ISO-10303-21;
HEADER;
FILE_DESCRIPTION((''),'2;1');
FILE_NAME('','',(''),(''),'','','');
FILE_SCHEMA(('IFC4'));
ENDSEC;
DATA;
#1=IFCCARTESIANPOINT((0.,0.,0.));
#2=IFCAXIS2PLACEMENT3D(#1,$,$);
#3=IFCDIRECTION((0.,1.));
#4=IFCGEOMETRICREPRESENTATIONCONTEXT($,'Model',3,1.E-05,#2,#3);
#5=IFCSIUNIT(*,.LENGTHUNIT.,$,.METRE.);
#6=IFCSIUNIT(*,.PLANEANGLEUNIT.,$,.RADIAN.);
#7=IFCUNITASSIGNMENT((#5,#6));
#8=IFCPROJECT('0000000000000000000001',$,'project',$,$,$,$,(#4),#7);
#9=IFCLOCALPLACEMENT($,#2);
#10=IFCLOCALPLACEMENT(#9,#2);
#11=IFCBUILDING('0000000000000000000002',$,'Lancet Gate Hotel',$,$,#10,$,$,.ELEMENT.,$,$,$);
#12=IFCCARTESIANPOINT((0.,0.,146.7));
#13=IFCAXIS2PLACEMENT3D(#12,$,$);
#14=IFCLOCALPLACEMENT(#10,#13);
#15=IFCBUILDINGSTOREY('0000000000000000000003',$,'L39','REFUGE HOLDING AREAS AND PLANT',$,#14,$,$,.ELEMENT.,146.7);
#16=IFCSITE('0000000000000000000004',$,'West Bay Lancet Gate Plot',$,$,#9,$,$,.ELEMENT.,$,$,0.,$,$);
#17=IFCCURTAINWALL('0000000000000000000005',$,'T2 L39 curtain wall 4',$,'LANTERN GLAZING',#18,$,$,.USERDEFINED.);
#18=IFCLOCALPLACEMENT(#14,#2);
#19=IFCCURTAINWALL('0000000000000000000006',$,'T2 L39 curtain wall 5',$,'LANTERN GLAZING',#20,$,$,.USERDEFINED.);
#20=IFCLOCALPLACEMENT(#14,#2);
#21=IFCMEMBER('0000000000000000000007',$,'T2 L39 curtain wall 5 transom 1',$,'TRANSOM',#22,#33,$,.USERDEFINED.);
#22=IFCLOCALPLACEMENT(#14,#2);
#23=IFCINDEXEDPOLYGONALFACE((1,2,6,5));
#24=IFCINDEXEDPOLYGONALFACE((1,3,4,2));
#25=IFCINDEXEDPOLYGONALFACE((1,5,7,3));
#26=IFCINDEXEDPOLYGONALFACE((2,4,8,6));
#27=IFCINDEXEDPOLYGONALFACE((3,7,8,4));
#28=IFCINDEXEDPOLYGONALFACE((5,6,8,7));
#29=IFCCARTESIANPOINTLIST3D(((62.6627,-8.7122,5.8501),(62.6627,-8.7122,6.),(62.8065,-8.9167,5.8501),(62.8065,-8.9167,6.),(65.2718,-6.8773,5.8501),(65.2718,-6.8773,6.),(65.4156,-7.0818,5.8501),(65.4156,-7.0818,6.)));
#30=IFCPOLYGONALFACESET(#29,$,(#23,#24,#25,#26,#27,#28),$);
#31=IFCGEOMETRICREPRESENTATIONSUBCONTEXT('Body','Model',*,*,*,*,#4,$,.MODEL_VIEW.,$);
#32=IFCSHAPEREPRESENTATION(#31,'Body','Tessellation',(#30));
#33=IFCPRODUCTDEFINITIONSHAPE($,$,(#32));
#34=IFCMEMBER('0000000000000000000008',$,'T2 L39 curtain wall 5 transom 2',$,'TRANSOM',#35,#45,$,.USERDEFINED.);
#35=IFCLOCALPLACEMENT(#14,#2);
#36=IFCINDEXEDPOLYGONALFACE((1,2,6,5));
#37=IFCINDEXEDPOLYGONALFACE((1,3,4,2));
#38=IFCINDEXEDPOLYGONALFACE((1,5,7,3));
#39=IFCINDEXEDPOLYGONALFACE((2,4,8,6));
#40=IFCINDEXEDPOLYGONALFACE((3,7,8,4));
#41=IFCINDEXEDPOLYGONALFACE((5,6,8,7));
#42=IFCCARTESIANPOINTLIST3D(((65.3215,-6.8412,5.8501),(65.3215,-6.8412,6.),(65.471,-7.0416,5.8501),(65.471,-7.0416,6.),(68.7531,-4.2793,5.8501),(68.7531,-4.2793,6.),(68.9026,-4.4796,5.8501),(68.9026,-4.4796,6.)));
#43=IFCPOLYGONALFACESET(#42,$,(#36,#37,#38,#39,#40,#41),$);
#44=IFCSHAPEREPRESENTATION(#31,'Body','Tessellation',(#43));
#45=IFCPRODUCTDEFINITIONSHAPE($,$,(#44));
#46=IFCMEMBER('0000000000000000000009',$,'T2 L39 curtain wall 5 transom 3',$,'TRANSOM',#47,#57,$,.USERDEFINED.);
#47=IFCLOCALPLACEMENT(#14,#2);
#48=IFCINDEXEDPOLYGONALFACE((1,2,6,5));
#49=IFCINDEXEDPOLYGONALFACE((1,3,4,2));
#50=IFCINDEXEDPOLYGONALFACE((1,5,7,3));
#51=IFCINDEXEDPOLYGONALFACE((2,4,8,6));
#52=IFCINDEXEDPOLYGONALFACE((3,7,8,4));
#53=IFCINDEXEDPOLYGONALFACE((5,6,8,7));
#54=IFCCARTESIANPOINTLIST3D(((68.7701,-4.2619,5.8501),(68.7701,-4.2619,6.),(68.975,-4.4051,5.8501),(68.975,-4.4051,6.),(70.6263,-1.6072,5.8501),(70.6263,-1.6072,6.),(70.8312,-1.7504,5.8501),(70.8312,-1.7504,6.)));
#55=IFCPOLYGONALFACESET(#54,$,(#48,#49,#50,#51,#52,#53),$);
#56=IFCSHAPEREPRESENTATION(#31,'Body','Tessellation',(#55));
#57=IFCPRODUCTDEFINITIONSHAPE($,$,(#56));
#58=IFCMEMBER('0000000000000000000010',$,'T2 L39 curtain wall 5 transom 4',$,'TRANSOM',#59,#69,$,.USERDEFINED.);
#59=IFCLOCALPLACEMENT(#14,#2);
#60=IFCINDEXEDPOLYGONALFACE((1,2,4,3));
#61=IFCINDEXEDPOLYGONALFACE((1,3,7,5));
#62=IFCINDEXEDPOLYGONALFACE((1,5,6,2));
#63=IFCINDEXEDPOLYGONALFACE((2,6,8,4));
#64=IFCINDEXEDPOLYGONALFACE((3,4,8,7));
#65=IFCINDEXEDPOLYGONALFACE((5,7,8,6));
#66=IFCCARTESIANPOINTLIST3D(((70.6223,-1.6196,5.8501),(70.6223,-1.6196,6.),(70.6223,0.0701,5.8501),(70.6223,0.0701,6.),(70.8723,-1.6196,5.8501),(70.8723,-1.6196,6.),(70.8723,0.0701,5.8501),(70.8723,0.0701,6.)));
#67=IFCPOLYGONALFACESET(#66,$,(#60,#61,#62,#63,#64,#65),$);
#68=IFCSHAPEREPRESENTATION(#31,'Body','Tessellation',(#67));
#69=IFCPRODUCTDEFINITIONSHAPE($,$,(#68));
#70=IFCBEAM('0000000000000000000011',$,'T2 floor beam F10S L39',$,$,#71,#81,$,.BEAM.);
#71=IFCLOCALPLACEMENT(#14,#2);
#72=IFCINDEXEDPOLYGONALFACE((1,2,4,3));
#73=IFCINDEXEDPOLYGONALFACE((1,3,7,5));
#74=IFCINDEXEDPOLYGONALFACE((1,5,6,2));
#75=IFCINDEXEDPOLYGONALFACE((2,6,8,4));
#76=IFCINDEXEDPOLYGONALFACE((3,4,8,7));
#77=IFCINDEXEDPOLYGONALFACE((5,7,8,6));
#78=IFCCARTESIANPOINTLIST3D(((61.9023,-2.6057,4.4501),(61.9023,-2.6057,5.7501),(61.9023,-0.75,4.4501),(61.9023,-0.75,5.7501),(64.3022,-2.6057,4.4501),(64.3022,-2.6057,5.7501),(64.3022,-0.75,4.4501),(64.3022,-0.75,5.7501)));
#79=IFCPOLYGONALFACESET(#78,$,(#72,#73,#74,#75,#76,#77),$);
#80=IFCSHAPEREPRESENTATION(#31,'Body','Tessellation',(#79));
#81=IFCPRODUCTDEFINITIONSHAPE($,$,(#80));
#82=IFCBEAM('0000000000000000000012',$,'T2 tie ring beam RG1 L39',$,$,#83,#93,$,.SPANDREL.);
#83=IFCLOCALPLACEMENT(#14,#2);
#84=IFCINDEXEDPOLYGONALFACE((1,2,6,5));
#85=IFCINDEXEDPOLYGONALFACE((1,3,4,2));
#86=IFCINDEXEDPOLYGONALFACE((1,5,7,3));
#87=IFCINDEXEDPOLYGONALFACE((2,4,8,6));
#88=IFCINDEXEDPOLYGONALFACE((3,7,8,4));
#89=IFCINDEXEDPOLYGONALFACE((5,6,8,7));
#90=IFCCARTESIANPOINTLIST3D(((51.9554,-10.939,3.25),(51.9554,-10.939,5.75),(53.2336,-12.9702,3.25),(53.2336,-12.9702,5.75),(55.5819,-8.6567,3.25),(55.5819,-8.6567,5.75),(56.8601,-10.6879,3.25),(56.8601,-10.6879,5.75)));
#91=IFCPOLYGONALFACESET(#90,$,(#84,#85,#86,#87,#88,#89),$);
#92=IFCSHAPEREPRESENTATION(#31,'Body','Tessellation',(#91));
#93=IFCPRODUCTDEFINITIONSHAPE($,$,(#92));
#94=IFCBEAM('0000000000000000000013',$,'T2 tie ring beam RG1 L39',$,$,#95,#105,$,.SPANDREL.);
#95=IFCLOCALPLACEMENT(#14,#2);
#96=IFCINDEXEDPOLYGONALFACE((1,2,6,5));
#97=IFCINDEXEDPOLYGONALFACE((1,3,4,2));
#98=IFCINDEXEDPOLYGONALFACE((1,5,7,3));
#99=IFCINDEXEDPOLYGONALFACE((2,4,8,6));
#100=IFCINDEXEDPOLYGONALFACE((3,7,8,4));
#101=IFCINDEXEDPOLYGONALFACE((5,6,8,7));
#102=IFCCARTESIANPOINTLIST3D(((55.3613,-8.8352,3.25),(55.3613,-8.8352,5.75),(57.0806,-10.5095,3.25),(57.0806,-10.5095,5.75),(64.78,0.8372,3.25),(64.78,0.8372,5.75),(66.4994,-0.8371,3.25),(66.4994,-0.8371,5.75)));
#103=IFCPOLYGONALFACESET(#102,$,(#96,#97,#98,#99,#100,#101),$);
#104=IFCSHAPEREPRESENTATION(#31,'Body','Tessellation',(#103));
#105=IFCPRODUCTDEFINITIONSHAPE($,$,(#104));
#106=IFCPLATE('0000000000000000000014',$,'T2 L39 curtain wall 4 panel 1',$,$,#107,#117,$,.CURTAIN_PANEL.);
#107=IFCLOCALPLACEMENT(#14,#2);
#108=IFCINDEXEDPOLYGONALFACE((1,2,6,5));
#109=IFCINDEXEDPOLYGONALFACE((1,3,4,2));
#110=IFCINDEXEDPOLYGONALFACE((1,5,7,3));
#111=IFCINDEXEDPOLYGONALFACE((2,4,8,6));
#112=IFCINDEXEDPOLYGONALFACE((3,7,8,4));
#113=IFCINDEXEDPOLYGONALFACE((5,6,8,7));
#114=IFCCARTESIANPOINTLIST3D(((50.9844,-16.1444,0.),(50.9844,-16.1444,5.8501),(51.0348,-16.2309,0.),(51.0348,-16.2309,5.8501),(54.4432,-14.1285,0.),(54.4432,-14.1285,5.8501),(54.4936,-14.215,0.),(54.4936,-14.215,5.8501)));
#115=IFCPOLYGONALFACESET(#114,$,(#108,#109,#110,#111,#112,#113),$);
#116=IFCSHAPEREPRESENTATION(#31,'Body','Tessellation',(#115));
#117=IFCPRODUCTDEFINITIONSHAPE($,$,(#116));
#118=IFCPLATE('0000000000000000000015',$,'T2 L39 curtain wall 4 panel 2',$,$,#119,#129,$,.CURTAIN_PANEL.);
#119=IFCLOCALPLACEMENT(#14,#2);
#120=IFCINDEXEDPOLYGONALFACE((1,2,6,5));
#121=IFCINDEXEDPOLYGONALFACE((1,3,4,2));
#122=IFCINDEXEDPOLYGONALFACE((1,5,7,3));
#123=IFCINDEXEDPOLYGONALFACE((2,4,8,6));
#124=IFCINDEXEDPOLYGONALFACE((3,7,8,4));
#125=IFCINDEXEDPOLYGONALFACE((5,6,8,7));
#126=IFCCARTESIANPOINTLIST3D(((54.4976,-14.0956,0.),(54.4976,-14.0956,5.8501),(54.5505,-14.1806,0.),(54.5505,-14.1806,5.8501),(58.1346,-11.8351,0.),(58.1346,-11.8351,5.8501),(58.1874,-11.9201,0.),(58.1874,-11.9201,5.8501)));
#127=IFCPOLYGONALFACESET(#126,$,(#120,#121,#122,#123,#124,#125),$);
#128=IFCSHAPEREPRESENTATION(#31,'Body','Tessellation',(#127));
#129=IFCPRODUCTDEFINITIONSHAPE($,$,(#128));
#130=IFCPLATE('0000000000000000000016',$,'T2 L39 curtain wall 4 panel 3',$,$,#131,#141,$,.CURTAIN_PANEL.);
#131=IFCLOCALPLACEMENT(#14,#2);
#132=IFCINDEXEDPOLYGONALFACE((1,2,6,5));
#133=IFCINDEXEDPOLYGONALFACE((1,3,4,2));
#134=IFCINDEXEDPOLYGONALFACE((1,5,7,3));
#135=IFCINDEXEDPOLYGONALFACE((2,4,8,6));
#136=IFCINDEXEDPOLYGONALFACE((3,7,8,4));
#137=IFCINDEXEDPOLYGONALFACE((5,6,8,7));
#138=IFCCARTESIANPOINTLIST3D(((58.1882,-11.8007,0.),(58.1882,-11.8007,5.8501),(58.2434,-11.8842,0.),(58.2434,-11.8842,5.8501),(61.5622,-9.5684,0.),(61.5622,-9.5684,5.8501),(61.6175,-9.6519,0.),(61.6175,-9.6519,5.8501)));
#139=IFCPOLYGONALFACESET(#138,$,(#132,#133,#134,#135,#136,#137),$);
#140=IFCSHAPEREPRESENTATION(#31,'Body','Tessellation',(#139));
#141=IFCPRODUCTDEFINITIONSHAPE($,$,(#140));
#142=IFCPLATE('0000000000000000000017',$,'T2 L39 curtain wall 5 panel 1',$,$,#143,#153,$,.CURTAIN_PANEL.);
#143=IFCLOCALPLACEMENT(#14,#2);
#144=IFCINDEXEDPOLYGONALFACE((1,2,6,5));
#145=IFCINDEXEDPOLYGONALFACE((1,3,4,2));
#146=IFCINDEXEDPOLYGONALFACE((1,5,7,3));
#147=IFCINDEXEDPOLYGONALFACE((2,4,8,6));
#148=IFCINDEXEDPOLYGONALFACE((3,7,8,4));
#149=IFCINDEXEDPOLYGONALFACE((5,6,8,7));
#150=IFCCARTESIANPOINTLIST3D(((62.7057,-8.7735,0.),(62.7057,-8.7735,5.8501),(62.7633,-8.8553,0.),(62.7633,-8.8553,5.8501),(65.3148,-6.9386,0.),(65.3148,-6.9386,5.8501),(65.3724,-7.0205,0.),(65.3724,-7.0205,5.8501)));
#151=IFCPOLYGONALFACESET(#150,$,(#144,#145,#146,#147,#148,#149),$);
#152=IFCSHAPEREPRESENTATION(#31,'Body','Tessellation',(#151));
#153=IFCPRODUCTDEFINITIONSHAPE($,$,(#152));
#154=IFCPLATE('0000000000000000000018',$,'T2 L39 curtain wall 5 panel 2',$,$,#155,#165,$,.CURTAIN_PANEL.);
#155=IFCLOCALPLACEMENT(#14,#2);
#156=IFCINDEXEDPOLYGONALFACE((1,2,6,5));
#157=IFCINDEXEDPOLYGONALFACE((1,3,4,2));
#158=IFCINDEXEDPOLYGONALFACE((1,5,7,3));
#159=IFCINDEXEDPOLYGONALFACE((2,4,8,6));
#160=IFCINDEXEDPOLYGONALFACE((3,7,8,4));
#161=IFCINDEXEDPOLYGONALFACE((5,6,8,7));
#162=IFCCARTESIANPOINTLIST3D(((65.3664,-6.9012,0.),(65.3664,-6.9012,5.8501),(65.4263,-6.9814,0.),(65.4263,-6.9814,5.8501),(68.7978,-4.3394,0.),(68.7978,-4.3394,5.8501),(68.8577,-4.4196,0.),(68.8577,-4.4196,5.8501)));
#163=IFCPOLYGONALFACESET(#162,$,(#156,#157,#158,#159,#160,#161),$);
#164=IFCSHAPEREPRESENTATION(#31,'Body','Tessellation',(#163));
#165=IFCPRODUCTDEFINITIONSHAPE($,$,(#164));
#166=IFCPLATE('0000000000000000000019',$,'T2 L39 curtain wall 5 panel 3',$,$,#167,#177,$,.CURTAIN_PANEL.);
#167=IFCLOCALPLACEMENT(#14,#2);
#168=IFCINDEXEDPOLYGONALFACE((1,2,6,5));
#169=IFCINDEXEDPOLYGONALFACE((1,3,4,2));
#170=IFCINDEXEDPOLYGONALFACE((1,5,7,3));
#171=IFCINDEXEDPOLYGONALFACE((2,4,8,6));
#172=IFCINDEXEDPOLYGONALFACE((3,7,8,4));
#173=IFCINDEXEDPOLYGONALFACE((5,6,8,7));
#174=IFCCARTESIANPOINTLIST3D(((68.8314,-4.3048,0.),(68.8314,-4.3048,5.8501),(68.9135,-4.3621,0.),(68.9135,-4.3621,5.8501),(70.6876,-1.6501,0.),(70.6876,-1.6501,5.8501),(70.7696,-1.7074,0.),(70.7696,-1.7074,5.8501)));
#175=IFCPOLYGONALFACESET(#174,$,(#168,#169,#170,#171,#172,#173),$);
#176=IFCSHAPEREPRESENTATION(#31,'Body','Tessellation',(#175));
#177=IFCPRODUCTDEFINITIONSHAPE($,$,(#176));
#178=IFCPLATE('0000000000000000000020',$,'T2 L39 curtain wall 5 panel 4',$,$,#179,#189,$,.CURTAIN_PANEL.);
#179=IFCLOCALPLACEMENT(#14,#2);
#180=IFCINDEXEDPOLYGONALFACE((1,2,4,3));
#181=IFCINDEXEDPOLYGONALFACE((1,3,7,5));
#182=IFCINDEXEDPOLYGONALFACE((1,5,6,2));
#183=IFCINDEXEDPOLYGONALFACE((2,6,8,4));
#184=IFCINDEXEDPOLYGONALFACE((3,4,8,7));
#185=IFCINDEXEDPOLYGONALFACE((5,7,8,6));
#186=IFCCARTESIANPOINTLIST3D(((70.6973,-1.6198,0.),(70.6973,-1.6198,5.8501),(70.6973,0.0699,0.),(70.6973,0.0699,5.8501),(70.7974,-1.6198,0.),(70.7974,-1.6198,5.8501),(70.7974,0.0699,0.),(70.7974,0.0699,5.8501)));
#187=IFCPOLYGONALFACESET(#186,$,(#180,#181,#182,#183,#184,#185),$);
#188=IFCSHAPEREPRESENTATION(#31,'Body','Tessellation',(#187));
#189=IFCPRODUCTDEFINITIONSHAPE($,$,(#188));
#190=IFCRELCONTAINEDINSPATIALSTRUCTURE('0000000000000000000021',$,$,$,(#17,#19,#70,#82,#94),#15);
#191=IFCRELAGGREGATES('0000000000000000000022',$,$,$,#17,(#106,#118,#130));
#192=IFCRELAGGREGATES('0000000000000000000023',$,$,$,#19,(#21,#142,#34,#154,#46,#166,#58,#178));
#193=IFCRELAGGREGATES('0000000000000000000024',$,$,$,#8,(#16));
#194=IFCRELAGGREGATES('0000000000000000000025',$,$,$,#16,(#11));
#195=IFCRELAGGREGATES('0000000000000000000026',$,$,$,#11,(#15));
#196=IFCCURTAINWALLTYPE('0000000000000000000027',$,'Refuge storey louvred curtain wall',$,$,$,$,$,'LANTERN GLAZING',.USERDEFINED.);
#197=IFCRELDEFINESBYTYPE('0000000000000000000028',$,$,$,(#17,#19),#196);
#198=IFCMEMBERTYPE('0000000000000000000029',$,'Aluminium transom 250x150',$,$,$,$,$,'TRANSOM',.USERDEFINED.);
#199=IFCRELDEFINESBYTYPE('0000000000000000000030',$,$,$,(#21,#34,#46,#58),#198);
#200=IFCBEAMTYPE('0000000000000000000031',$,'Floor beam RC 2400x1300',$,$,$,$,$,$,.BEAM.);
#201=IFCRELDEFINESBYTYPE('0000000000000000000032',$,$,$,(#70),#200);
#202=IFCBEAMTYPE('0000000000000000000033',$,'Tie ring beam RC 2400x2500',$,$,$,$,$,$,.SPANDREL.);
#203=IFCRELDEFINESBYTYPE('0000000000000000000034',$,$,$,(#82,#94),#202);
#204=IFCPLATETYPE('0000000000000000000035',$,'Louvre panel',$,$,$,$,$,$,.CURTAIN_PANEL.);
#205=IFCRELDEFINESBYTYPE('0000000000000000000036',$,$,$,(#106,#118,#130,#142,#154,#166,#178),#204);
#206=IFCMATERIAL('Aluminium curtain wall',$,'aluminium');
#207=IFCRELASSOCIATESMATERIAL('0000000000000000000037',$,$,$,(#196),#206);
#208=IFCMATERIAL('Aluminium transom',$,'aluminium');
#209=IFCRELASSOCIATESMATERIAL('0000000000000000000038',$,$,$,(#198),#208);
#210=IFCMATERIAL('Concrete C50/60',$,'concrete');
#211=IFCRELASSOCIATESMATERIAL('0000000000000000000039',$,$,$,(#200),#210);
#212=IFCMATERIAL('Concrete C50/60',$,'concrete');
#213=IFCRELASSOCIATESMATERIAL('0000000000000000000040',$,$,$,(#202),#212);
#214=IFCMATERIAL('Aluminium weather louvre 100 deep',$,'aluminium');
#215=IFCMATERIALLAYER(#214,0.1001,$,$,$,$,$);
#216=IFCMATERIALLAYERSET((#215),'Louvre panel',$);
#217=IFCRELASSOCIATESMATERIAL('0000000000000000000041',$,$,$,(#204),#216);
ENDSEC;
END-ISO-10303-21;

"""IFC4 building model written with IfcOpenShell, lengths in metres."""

from ifc_helpers import new_model, si_unit, direction, frame, origin, origin_2d, place, context, subcontext, project, spatial, rectangle, extrude, material, layer, layer_set, material_profile, profile_set, type_object, element, aggregate, save


model = new_model("IFC4")

# Units and contexts
model_context = context("Model", 3, precision=1e-05, world=origin(), true_north=direction((0.0, 1.0)))
body_context = subcontext(model_context, "Body", "Model", "MODEL_VIEW")
ifc_project = project(units=[si_unit("LENGTHUNIT", "METRE"), si_unit("PLANEANGLEUNIT", "RADIAN")], contexts=[model_context])

# Site, building, storey
site_placement = place(None, origin())
site = spatial("IfcSite", under=ifc_project, at=site_placement, Name="West Bay Lancet Gate Plot", CompositionType="ELEMENT", RefElevation=0.0)
building_placement = place(site_placement, origin())
building = spatial("IfcBuilding", under=site, at=building_placement, Name="Lancet Gate Hotel", CompositionType="ELEMENT")
storey_placement = place(building_placement, frame((0.0, 0.0, 146.7)))
storey = spatial("IfcBuildingStorey", under=building, at=storey_placement, Name="L39", Description="REFUGE HOLDING AREAS AND PLANT", CompositionType="ELEMENT", Elevation=146.7)

# Curtain walls
ifc_material_1 = material(Name="Aluminium curtain wall", Category="aluminium")
curtain_wall_type = type_object("IfcCurtainWallType", Name="Refuge storey louvred curtain wall", ElementType="LANTERN GLAZING", PredefinedType="USERDEFINED", material=ifc_material_1)
curtain_wall_1_placement = place(storey_placement, origin())
curtain_wall_1 = element("IfcCurtainWall", 1, at=curtain_wall_1_placement, inside=storey, type_object=curtain_wall_type, Name="T2 L39 curtain wall 4", ObjectType="LANTERN GLAZING", PredefinedType="USERDEFINED")
curtain_wall_2_placement = place(storey_placement, origin())
curtain_wall_2 = element("IfcCurtainWall", 2, at=curtain_wall_2_placement, inside=storey, type_object=curtain_wall_type, Name="T2 L39 curtain wall 5", ObjectType="LANTERN GLAZING", PredefinedType="USERDEFINED")

# Members
ifc_material_2 = material(Name="Aluminium transom", Category="aluminium")
ifc_material_profile_1 = material_profile(ifc_material_2, rectangle(XDim=0.25, YDim=0.1499, at=origin_2d()), Name="TRANSOM 250x150")
ifc_profile_set_1 = profile_set([ifc_material_profile_1], Name="Aluminium transom")
member_type_1 = type_object("IfcMemberType", Name="Aluminium transom 250x150", ElementType="TRANSOM", PredefinedType="USERDEFINED", material=ifc_profile_set_1)
member_1_placement = place(storey_placement, frame((62.7346, -8.8145, 5.925), z_axis=(0.817968, 0.575264, 0.0), x_axis=(-0.575264, 0.817968, 0.0)))
member_1 = element("IfcMember", 3, at=member_1_placement, type_object=member_type_1, Name="T2 L39 curtain wall 5 transom 1", ObjectType="TRANSOM", PredefinedType="USERDEFINED", context=body_context, shape_type="SweptSolid", body=[
    extrude(rectangle(XDim=0.25, YDim=0.1499, at=origin_2d()), origin(), (0.0, 0.0, 1.0), 3.1897),
])
member_2_placement = place(storey_placement, frame((65.3962, -6.9414, 5.925), z_axis=(0.801312, 0.598247, 0.0), x_axis=(-0.598247, 0.801312, 0.0)))
member_2 = element("IfcMember", 4, at=member_2_placement, type_object=member_type_1, Name="T2 L39 curtain wall 5 transom 2", ObjectType="TRANSOM", PredefinedType="USERDEFINED", context=body_context, shape_type="SweptSolid", body=[
    extrude(rectangle(XDim=0.25, YDim=0.1499, at=origin_2d()), origin(), (0.0, 0.0, 1.0), 4.2825),
])
member_3_placement = place(storey_placement, frame((68.8726, -4.3335, 5.925), z_axis=(0.573017, 0.819543, 0.0), x_axis=(-0.819543, 0.573017, 0.0)))
member_3 = element("IfcMember", 5, at=member_3_placement, type_object=member_type_1, Name="T2 L39 curtain wall 5 transom 3", ObjectType="TRANSOM", PredefinedType="USERDEFINED", context=body_context, shape_type="SweptSolid", body=[
    extrude(rectangle(XDim=0.25, YDim=0.1499, at=origin_2d()), origin(), (0.0, 0.0, 1.0), 3.2393),
])
member_4_placement = place(storey_placement, frame((70.7473, -1.6196, 5.925), z_axis=(0.0, 1.0, 0.0), x_axis=(-1.0, 0.0, 0.0)))
member_4 = element("IfcMember", 6, at=member_4_placement, type_object=member_type_1, Name="T2 L39 curtain wall 5 transom 4", ObjectType="TRANSOM", PredefinedType="USERDEFINED", context=body_context, shape_type="SweptSolid", body=[
    extrude(rectangle(XDim=0.25, YDim=0.1499, at=origin_2d()), origin(), (0.0, 0.0, 1.0), 1.6897),
])

# Beams
ifc_material_3 = material(Name="Concrete C50/60", Category="concrete")
ifc_material_profile_2 = material_profile(ifc_material_3, rectangle(XDim=2.3999, YDim=1.3, at=origin_2d()), Name="RC 2400x1300")
ifc_profile_set_2 = profile_set([ifc_material_profile_2], Name="Concrete C50/60")
beam_type_1 = type_object("IfcBeamType", Name="Floor beam RC 2400x1300", PredefinedType="BEAM", material=ifc_profile_set_2)
beam_1_placement = place(storey_placement, frame((63.1023, -2.6057, 5.1001), z_axis=(0.0, 1.0, 0.0), x_axis=(-1.0, 0.0, 0.0)))
element("IfcBeam", 7, at=beam_1_placement, inside=storey, type_object=beam_type_1, Name="T2 floor beam F10S L39", PredefinedType="BEAM", context=body_context, shape_type="SweptSolid", body=[
    extrude(rectangle(XDim=2.3999, YDim=1.3, at=origin_2d()), origin(), (0.0, 0.0, 1.0), 1.8557),
])
ifc_material_4 = material(Name="Concrete C50/60", Category="concrete")
ifc_material_profile_3 = material_profile(ifc_material_4, rectangle(XDim=2.3999, YDim=2.5, at=origin_2d()), Name="RC 2400x2500")
ifc_profile_set_3 = profile_set([ifc_material_profile_3], Name="Concrete C50/60")
beam_type_2 = type_object("IfcBeamType", Name="Tie ring beam RC 2400x2500", PredefinedType="SPANDREL", material=ifc_profile_set_3)
beam_2_placement = place(storey_placement, frame((52.5945, -11.9546, 4.5), z_axis=(0.846349, 0.532629, 0.0), x_axis=(-0.532629, 0.846349, 0.0)))
element("IfcBeam", 8, at=beam_2_placement, inside=storey, type_object=beam_type_2, Name="T2 tie ring beam RG1 L39", PredefinedType="SPANDREL", context=body_context, shape_type="SweptSolid", body=[
    extrude(rectangle(XDim=2.3999, YDim=2.5, at=origin_2d()), origin(), (0.0, 0.0, 1.0), 4.2849),
])
beam_3_placement = place(storey_placement, frame((56.2209, -9.6724, 4.5), z_axis=(0.69765, 0.716439, 0.0), x_axis=(-0.716439, 0.69765, 0.0)))
element("IfcBeam", 9, at=beam_3_placement, inside=storey, type_object=beam_type_2, Name="T2 tie ring beam RG1 L39", PredefinedType="SPANDREL", context=body_context, shape_type="SweptSolid", body=[
    extrude(rectangle(XDim=2.3999, YDim=2.5, at=origin_2d()), origin(), (0.0, 0.0, 1.0), 13.5007),
])

# Plates
ifc_material_5 = material(Name="Aluminium weather louvre 100 deep", Category="aluminium")
ifc_layer_1 = layer(ifc_material_5, 0.1001)
ifc_layer_set_1 = layer_set([ifc_layer_1], Name="Louvre panel")
plate_type = type_object("IfcPlateType", Name="Louvre panel", PredefinedType="CURTAIN_PANEL", material=ifc_layer_set_1)
plate_1_placement = place(storey_placement, frame((52.739, -15.1797, 0.0), z_axis=(0.0, 0.0, 1.0), x_axis=(0.863966, 0.503551, 0.0)))
plate_1 = element("IfcPlate", 10, at=plate_1_placement, type_object=plate_type, Name="T2 L39 curtain wall 4 panel 1", PredefinedType="CURTAIN_PANEL", context=body_context, shape_type="SweptSolid", body=[
    extrude(rectangle(XDim=4.0034, YDim=0.1001, at=origin_2d()), origin(), (0.0, 0.0, 1.0), 5.8501),
])
plate_2_placement = place(storey_placement, frame((56.3425, -13.0078, 0.0), z_axis=(0.0, 0.0, 1.0), x_axis=(0.849318, 0.527882, 0.0)))
plate_2 = element("IfcPlate", 11, at=plate_2_placement, type_object=plate_type, Name="T2 L39 curtain wall 4 panel 2", PredefinedType="CURTAIN_PANEL", context=body_context, shape_type="SweptSolid", body=[
    extrude(rectangle(XDim=4.2822, YDim=0.1001, at=origin_2d()), origin(), (0.0, 0.0, 1.0), 5.8501),
])
plate_3_placement = place(storey_placement, frame((59.9028, -10.7263, 0.0), z_axis=(0.0, 0.0, 1.0), x_axis=(0.833985, 0.551787, 0.0)))
plate_3 = element("IfcPlate", 12, at=plate_3_placement, type_object=plate_type, Name="T2 L39 curtain wall 4 panel 3", PredefinedType="CURTAIN_PANEL", context=body_context, shape_type="SweptSolid", body=[
    extrude(rectangle(XDim=4.0457, YDim=0.1001, at=origin_2d()), origin(), (0.0, 0.0, 1.0), 5.8501),
])
aggregate(curtain_wall_1, [plate_1, plate_2, plate_3])
plate_4_placement = place(storey_placement, frame((64.0391, -7.897, 0.0), z_axis=(0.0, 0.0, 1.0), x_axis=(0.817979, 0.575247, 0.0)))
plate_4 = element("IfcPlate", 13, at=plate_4_placement, type_object=plate_type, Name="T2 L39 curtain wall 5 panel 1", PredefinedType="CURTAIN_PANEL", context=body_context, shape_type="SweptSolid", body=[
    extrude(rectangle(XDim=3.1897, YDim=0.1001, at=origin_2d()), origin(), (0.0, 0.0, 1.0), 5.8501),
])
plate_5_placement = place(storey_placement, frame((67.1121, -5.6604, 0.0), z_axis=(0.0, 0.0, 1.0), x_axis=(0.801314, 0.598244, 0.0)))
plate_5 = element("IfcPlate", 14, at=plate_5_placement, type_object=plate_type, Name="T2 L39 curtain wall 5 panel 2", PredefinedType="CURTAIN_PANEL", context=body_context, shape_type="SweptSolid", body=[
    extrude(rectangle(XDim=4.2822, YDim=0.1001, at=origin_2d()), origin(), (0.0, 0.0, 1.0), 5.8501),
])
plate_6_placement = place(storey_placement, frame((69.8005, -3.0061, 0.0), z_axis=(0.0, 0.0, 1.0), x_axis=(0.573025, 0.819538, 0.0)))
plate_6 = element("IfcPlate", 15, at=plate_6_placement, type_object=plate_type, Name="T2 L39 curtain wall 5 panel 3", PredefinedType="CURTAIN_PANEL", context=body_context, shape_type="SweptSolid", body=[
    extrude(rectangle(XDim=3.2393, YDim=0.1001, at=origin_2d()), origin(), (0.0, 0.0, 1.0), 5.8501),
])
plate_7_placement = place(storey_placement, frame((70.7473, -0.7749, 0.0), z_axis=(0.0, 0.0, 1.0), x_axis=(0.0, 1.0, 0.0)))
plate_7 = element("IfcPlate", 16, at=plate_7_placement, type_object=plate_type, Name="T2 L39 curtain wall 5 panel 4", PredefinedType="CURTAIN_PANEL", context=body_context, shape_type="SweptSolid", body=[
    extrude(rectangle(XDim=1.6897, YDim=0.1001, at=origin_2d()), origin(), (0.0, 0.0, 1.0), 5.8501),
])
aggregate(curtain_wall_2, [member_1, plate_4, member_2, plate_5, member_3, plate_6, member_4, plate_7])

save(model, "model.ifc")
